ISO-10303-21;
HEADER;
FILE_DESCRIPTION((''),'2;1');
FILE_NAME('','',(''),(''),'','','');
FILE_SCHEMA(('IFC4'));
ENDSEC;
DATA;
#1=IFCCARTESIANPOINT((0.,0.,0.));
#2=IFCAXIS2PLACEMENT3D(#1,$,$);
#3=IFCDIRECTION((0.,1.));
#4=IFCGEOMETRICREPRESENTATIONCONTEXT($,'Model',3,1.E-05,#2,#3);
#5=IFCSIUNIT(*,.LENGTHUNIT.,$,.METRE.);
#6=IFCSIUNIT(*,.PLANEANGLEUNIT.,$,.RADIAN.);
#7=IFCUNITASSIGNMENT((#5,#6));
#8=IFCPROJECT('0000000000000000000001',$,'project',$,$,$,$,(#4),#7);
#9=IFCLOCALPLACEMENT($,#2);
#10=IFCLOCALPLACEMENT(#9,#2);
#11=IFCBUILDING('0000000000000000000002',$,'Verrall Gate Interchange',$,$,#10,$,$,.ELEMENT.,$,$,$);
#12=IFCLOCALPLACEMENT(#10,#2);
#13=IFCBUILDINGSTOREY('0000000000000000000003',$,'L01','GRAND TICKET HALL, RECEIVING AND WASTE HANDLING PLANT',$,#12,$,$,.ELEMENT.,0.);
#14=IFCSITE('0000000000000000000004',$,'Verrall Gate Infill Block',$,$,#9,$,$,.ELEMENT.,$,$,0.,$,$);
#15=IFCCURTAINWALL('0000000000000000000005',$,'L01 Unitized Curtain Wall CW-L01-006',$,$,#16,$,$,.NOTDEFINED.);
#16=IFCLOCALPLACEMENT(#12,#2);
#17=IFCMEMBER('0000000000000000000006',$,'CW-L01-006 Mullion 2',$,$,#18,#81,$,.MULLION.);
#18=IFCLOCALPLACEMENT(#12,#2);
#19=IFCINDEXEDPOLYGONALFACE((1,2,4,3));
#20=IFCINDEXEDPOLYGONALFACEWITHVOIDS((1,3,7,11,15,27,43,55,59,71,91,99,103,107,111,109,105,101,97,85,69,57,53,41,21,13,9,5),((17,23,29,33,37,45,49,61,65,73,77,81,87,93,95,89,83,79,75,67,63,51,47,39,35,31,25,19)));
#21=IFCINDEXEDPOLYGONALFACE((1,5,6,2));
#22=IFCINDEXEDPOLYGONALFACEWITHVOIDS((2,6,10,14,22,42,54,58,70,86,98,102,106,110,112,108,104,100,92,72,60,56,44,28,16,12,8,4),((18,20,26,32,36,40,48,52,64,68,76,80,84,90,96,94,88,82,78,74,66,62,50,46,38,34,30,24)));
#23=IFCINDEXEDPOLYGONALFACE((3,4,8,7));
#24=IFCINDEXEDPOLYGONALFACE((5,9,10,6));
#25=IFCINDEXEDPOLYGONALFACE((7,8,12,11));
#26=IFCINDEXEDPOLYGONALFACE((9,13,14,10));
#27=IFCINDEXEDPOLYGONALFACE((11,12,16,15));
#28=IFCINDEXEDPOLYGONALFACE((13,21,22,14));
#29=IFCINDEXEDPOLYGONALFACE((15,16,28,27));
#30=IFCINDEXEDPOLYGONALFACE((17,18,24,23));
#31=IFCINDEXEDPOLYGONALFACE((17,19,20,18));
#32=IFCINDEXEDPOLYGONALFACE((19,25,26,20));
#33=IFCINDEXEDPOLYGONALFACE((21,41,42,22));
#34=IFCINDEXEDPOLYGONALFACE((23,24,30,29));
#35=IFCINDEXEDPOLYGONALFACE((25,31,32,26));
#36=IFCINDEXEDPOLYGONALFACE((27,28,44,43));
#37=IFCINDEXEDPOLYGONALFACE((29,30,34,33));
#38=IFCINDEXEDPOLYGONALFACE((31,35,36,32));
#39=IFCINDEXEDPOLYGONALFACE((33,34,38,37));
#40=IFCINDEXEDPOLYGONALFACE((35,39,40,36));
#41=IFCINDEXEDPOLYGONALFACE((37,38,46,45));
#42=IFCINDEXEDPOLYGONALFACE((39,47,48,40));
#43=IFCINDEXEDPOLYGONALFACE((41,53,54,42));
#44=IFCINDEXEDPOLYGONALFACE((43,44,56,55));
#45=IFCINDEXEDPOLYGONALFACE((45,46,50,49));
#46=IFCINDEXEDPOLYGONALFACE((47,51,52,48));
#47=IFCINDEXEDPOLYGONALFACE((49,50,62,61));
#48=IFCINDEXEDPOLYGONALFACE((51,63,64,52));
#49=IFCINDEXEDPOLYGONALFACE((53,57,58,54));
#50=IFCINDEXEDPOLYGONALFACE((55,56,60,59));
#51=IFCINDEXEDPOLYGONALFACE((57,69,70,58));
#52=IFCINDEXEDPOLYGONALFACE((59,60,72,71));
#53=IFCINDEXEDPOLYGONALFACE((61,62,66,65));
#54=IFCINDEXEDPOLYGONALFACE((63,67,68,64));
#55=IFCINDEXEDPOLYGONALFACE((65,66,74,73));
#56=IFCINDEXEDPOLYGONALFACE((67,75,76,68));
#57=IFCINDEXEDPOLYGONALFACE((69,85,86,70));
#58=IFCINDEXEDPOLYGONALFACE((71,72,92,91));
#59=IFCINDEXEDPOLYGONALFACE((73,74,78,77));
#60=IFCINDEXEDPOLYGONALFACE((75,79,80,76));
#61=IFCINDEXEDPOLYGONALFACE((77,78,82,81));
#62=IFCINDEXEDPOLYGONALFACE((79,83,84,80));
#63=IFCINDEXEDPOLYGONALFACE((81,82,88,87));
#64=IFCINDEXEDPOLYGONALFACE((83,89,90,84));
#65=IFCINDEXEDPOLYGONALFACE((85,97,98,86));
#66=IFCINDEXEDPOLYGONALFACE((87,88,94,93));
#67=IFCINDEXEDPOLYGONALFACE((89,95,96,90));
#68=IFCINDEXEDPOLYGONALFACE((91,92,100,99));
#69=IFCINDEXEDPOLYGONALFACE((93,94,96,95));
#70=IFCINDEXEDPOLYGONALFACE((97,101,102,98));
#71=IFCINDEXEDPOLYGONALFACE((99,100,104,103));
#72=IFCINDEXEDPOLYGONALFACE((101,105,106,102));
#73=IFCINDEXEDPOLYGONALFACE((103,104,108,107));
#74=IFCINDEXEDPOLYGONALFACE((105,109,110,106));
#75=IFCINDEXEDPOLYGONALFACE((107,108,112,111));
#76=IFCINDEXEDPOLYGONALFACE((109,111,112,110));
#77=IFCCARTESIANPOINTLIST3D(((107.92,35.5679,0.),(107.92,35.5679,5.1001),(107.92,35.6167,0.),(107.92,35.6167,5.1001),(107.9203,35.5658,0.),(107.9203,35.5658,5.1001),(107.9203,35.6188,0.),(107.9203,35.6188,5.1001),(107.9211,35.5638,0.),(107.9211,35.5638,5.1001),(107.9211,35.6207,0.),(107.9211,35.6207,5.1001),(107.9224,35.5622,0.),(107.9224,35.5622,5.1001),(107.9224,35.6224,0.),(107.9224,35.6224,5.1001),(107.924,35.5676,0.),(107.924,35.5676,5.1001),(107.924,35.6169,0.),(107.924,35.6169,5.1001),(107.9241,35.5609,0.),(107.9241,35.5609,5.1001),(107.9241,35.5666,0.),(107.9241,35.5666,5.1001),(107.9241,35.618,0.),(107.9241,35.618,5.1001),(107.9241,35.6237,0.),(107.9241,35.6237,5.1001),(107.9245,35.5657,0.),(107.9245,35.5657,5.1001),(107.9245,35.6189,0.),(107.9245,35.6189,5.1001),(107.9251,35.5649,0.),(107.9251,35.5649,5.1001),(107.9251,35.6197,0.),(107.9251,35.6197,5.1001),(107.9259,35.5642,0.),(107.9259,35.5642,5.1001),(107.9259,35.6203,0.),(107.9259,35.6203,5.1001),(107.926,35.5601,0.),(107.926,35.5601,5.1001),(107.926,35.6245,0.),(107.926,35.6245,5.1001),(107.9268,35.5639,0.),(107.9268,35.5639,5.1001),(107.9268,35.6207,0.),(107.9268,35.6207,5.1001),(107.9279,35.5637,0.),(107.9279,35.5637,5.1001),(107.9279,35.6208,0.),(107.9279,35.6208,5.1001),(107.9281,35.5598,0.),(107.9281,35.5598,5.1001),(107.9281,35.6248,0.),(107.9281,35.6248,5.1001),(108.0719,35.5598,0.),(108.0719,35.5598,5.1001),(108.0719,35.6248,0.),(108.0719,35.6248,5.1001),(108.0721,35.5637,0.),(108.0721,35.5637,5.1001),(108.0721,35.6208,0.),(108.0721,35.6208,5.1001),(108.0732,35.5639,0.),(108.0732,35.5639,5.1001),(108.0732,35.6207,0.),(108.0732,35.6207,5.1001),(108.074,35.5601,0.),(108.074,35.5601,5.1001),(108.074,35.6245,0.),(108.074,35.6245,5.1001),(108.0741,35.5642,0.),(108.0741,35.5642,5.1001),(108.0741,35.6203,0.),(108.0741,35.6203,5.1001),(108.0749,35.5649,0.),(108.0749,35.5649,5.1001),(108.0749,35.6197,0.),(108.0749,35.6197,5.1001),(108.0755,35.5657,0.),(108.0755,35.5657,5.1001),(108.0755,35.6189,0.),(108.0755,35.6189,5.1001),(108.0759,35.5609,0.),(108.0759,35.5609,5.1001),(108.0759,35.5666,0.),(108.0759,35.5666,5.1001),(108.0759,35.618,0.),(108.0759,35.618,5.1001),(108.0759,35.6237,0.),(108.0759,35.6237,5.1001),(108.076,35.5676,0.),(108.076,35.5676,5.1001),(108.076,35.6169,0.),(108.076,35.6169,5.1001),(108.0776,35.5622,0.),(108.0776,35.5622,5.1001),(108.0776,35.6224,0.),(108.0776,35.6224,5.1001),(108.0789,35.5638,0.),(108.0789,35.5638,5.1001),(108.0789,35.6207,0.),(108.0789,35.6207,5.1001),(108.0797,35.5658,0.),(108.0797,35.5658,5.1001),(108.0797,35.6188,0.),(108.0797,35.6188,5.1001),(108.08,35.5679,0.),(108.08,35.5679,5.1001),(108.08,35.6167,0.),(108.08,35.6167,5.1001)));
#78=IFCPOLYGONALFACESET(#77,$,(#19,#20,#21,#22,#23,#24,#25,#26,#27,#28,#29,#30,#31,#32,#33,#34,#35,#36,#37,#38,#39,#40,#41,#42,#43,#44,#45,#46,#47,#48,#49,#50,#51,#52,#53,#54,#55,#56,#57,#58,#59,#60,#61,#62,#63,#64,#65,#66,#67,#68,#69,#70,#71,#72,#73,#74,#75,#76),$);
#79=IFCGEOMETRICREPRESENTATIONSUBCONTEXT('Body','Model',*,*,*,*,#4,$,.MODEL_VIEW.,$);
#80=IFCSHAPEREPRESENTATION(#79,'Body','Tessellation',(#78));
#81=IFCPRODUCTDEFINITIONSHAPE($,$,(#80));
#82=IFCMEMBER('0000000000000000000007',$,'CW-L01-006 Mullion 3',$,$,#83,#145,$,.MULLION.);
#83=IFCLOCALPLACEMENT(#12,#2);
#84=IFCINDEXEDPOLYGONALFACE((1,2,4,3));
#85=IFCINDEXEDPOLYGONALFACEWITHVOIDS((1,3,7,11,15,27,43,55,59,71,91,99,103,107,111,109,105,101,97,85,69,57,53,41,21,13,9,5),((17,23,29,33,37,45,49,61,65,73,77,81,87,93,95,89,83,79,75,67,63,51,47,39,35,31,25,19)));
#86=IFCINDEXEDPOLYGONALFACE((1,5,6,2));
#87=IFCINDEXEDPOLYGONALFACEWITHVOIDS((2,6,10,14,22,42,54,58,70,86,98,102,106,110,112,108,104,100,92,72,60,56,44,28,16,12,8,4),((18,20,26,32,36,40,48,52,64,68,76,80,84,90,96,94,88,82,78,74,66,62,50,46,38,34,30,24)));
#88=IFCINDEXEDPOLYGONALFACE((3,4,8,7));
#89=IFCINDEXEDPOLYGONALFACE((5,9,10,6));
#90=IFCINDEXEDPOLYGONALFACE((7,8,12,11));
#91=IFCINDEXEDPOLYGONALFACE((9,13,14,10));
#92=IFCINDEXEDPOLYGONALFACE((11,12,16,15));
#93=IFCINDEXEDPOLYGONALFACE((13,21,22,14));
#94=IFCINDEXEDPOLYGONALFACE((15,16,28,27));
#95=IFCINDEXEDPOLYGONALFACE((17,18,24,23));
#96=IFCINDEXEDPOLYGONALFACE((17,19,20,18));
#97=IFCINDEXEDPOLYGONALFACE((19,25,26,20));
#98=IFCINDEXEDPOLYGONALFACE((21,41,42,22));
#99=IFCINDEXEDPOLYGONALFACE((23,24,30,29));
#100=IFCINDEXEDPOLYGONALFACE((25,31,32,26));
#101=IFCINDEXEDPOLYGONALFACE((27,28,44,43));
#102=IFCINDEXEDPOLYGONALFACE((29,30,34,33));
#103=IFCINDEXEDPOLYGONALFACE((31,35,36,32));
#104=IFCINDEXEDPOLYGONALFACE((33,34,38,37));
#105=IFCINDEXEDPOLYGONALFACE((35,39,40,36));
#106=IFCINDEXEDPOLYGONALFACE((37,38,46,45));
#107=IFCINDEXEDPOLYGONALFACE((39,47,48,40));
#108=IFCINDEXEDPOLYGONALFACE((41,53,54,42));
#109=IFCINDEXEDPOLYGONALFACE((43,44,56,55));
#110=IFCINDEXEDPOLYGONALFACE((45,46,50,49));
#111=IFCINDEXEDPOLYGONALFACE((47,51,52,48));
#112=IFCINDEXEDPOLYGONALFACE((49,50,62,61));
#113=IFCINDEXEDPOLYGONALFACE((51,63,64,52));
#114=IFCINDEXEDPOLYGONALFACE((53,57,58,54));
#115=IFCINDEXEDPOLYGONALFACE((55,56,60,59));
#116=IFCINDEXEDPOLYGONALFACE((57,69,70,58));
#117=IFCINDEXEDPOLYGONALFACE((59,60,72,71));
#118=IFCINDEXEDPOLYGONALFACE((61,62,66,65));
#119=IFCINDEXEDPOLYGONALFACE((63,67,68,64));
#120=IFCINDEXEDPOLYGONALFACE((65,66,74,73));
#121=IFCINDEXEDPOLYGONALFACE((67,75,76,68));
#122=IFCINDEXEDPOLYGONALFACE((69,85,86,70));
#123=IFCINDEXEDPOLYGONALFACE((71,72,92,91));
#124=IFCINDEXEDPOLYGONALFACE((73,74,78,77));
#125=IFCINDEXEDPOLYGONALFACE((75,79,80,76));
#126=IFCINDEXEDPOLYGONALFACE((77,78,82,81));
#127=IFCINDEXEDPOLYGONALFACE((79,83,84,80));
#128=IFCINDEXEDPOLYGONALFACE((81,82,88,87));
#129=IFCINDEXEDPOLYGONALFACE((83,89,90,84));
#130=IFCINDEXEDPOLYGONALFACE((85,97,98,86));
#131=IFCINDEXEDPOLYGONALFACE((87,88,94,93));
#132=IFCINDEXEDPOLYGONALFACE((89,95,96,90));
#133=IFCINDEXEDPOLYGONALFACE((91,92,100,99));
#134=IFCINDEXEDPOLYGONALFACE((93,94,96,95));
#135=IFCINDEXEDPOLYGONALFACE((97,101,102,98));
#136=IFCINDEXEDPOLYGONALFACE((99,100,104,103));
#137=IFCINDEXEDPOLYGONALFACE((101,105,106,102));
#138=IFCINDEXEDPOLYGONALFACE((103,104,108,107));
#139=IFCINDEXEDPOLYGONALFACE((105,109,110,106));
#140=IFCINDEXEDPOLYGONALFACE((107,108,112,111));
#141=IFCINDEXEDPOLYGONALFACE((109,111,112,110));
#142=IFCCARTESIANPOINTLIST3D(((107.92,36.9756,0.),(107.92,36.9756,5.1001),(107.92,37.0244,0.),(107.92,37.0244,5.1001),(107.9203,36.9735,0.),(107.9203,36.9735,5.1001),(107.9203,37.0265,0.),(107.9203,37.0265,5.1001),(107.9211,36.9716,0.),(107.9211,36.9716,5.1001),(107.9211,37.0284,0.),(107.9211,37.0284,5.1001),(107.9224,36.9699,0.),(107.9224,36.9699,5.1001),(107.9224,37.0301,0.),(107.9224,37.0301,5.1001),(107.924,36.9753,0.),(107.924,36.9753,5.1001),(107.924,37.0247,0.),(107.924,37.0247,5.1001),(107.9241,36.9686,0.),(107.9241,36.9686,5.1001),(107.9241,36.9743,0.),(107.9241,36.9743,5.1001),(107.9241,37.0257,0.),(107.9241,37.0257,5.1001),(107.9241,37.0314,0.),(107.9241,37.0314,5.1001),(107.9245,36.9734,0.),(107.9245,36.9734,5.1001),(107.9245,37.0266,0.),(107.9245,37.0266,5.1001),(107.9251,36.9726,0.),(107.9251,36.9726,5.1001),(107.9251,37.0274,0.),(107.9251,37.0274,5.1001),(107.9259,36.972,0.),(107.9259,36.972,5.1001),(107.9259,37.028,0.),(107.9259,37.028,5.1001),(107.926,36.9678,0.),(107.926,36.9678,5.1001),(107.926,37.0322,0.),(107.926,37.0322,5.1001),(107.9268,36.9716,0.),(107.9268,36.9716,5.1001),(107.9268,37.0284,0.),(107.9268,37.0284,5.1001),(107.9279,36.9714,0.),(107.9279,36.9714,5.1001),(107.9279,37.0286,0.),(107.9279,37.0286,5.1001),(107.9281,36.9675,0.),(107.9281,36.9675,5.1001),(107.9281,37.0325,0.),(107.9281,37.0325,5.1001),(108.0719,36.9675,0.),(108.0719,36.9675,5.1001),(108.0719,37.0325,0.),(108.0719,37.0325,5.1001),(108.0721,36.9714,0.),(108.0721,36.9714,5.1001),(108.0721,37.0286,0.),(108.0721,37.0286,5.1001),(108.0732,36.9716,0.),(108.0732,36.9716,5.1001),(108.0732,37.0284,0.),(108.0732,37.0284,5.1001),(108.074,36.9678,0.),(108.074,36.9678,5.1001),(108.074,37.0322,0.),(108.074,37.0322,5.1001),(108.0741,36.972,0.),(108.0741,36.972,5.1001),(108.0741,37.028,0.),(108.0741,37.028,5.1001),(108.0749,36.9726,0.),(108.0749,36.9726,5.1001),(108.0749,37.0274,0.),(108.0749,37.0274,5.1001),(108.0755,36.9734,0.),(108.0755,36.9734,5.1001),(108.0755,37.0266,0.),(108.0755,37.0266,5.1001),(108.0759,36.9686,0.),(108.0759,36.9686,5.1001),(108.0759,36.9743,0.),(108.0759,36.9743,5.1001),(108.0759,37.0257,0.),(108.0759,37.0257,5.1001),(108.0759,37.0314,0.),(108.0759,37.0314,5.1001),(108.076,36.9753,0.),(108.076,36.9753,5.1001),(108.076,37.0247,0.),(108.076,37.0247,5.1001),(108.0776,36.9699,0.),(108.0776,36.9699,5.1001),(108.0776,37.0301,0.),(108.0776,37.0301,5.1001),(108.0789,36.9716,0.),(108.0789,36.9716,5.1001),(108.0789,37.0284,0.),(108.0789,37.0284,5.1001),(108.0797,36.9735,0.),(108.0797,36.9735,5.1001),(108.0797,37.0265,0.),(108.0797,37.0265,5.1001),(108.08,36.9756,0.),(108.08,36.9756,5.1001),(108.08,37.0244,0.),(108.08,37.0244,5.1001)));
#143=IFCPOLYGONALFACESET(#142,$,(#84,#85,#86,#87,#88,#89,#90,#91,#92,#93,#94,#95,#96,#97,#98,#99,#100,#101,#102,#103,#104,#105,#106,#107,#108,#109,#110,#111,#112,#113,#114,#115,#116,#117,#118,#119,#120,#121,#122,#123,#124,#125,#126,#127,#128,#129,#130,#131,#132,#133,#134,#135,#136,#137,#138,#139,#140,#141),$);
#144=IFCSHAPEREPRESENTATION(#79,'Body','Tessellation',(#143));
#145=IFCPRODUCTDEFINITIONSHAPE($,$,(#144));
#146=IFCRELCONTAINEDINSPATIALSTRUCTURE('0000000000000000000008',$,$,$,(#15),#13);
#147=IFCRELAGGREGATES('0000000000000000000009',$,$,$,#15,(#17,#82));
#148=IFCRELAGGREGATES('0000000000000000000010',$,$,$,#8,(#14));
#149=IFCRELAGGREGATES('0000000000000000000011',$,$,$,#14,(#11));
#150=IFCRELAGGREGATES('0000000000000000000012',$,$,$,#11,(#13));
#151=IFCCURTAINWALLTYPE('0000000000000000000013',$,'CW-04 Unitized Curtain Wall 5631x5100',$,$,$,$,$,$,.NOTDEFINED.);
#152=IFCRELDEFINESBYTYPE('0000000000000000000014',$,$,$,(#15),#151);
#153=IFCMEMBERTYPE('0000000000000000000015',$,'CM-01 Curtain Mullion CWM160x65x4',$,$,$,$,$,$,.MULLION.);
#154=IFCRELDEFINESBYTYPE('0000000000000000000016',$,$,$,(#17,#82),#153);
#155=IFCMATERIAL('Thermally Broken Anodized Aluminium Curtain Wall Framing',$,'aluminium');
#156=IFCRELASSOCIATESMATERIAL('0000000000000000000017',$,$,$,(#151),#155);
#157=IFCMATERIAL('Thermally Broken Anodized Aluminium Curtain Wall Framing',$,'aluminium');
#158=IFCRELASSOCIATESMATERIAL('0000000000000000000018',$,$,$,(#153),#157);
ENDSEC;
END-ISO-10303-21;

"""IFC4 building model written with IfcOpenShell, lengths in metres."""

from ifc_helpers import new_model, si_unit, direction, frame, origin, origin_2d, place, context, subcontext, project, spatial, hollow_rectangle, extrude, material, material_profile, profile_set, type_object, element, aggregate, save


model = new_model("IFC4")

# Units and contexts
model_context = context("Model", 3, precision=1e-05, world=origin(), true_north=direction((0.0, 1.0)))
body_context = subcontext(model_context, "Body", "Model", "MODEL_VIEW")
ifc_project = project(units=[si_unit("LENGTHUNIT", "METRE"), si_unit("PLANEANGLEUNIT", "RADIAN")], contexts=[model_context])

# Site, building, storey
site_placement = place(None, origin())
site = spatial("IfcSite", under=ifc_project, at=site_placement, Name="Verrall Gate Infill Block", CompositionType="ELEMENT", RefElevation=0.0)
building_placement = place(site_placement, origin())
building = spatial("IfcBuilding", under=site, at=building_placement, Name="Verrall Gate Interchange", CompositionType="ELEMENT")
storey_placement = place(building_placement, origin())
storey = spatial("IfcBuildingStorey", under=building, at=storey_placement, Name="L01", Description="GRAND TICKET HALL, RECEIVING AND WASTE HANDLING PLANT", CompositionType="ELEMENT", Elevation=0.0)

# Curtain wall, members
ifc_material_1 = material(Name="Thermally Broken Anodized Aluminium Curtain Wall Framing", Category="aluminium")
curtain_wall_type = type_object("IfcCurtainWallType", Name="CW-04 Unitized Curtain Wall 5631x5100", PredefinedType="NOTDEFINED", material=ifc_material_1)
curtain_wall_placement = place(storey_placement, origin())
curtain_wall = element("IfcCurtainWall", 1, at=curtain_wall_placement, inside=storey, type_object=curtain_wall_type, Name="L01 Unitized Curtain Wall CW-L01-006", PredefinedType="NOTDEFINED")
ifc_material_2 = material(Name="Thermally Broken Anodized Aluminium Curtain Wall Framing", Category="aluminium")
ifc_material_profile_1 = material_profile(ifc_material_2, hollow_rectangle(XDim=0.0649, YDim=0.1599, WallThickness=0.0039, InnerFilletRadius=0.0039, OuterFilletRadius=0.0081, at=origin_2d()), Name="CWM160x65x4")
ifc_profile_set_1 = profile_set([ifc_material_profile_1], Name="Thermally Broken Anodized Aluminium Curtain Wall Framing")
member_type = type_object("IfcMemberType", Name="CM-01 Curtain Mullion CWM160x65x4", PredefinedType="MULLION", material=ifc_profile_set_1)
member_1_placement = place(storey_placement, frame((108.0, 35.5923, 0.0), z_axis=(0.0, 0.0, 1.0), x_axis=(0.0, 1.0, 0.0)))
member_1 = element("IfcMember", 2, at=member_1_placement, type_object=member_type, Name="CW-L01-006 Mullion 2", PredefinedType="MULLION", context=body_context, shape_type="SweptSolid", body=[
    extrude(hollow_rectangle(XDim=0.0649, YDim=0.1599, WallThickness=0.0039, InnerFilletRadius=0.0039, OuterFilletRadius=0.0081, at=origin_2d()), origin(), (0.0, 0.0, 1.0), 5.1001),
])
member_2_placement = place(storey_placement, frame((108.0, 37.0, 0.0), z_axis=(0.0, 0.0, 1.0), x_axis=(0.0, 1.0, 0.0)))
member_2 = element("IfcMember", 3, at=member_2_placement, type_object=member_type, Name="CW-L01-006 Mullion 3", PredefinedType="MULLION", context=body_context, shape_type="SweptSolid", body=[
    extrude(hollow_rectangle(XDim=0.0649, YDim=0.1599, WallThickness=0.0039, InnerFilletRadius=0.0039, OuterFilletRadius=0.0081, at=origin_2d()), origin(), (0.0, 0.0, 1.0), 5.1001),
])

aggregate(curtain_wall, [member_1, member_2])

save(model, "model.ifc")
